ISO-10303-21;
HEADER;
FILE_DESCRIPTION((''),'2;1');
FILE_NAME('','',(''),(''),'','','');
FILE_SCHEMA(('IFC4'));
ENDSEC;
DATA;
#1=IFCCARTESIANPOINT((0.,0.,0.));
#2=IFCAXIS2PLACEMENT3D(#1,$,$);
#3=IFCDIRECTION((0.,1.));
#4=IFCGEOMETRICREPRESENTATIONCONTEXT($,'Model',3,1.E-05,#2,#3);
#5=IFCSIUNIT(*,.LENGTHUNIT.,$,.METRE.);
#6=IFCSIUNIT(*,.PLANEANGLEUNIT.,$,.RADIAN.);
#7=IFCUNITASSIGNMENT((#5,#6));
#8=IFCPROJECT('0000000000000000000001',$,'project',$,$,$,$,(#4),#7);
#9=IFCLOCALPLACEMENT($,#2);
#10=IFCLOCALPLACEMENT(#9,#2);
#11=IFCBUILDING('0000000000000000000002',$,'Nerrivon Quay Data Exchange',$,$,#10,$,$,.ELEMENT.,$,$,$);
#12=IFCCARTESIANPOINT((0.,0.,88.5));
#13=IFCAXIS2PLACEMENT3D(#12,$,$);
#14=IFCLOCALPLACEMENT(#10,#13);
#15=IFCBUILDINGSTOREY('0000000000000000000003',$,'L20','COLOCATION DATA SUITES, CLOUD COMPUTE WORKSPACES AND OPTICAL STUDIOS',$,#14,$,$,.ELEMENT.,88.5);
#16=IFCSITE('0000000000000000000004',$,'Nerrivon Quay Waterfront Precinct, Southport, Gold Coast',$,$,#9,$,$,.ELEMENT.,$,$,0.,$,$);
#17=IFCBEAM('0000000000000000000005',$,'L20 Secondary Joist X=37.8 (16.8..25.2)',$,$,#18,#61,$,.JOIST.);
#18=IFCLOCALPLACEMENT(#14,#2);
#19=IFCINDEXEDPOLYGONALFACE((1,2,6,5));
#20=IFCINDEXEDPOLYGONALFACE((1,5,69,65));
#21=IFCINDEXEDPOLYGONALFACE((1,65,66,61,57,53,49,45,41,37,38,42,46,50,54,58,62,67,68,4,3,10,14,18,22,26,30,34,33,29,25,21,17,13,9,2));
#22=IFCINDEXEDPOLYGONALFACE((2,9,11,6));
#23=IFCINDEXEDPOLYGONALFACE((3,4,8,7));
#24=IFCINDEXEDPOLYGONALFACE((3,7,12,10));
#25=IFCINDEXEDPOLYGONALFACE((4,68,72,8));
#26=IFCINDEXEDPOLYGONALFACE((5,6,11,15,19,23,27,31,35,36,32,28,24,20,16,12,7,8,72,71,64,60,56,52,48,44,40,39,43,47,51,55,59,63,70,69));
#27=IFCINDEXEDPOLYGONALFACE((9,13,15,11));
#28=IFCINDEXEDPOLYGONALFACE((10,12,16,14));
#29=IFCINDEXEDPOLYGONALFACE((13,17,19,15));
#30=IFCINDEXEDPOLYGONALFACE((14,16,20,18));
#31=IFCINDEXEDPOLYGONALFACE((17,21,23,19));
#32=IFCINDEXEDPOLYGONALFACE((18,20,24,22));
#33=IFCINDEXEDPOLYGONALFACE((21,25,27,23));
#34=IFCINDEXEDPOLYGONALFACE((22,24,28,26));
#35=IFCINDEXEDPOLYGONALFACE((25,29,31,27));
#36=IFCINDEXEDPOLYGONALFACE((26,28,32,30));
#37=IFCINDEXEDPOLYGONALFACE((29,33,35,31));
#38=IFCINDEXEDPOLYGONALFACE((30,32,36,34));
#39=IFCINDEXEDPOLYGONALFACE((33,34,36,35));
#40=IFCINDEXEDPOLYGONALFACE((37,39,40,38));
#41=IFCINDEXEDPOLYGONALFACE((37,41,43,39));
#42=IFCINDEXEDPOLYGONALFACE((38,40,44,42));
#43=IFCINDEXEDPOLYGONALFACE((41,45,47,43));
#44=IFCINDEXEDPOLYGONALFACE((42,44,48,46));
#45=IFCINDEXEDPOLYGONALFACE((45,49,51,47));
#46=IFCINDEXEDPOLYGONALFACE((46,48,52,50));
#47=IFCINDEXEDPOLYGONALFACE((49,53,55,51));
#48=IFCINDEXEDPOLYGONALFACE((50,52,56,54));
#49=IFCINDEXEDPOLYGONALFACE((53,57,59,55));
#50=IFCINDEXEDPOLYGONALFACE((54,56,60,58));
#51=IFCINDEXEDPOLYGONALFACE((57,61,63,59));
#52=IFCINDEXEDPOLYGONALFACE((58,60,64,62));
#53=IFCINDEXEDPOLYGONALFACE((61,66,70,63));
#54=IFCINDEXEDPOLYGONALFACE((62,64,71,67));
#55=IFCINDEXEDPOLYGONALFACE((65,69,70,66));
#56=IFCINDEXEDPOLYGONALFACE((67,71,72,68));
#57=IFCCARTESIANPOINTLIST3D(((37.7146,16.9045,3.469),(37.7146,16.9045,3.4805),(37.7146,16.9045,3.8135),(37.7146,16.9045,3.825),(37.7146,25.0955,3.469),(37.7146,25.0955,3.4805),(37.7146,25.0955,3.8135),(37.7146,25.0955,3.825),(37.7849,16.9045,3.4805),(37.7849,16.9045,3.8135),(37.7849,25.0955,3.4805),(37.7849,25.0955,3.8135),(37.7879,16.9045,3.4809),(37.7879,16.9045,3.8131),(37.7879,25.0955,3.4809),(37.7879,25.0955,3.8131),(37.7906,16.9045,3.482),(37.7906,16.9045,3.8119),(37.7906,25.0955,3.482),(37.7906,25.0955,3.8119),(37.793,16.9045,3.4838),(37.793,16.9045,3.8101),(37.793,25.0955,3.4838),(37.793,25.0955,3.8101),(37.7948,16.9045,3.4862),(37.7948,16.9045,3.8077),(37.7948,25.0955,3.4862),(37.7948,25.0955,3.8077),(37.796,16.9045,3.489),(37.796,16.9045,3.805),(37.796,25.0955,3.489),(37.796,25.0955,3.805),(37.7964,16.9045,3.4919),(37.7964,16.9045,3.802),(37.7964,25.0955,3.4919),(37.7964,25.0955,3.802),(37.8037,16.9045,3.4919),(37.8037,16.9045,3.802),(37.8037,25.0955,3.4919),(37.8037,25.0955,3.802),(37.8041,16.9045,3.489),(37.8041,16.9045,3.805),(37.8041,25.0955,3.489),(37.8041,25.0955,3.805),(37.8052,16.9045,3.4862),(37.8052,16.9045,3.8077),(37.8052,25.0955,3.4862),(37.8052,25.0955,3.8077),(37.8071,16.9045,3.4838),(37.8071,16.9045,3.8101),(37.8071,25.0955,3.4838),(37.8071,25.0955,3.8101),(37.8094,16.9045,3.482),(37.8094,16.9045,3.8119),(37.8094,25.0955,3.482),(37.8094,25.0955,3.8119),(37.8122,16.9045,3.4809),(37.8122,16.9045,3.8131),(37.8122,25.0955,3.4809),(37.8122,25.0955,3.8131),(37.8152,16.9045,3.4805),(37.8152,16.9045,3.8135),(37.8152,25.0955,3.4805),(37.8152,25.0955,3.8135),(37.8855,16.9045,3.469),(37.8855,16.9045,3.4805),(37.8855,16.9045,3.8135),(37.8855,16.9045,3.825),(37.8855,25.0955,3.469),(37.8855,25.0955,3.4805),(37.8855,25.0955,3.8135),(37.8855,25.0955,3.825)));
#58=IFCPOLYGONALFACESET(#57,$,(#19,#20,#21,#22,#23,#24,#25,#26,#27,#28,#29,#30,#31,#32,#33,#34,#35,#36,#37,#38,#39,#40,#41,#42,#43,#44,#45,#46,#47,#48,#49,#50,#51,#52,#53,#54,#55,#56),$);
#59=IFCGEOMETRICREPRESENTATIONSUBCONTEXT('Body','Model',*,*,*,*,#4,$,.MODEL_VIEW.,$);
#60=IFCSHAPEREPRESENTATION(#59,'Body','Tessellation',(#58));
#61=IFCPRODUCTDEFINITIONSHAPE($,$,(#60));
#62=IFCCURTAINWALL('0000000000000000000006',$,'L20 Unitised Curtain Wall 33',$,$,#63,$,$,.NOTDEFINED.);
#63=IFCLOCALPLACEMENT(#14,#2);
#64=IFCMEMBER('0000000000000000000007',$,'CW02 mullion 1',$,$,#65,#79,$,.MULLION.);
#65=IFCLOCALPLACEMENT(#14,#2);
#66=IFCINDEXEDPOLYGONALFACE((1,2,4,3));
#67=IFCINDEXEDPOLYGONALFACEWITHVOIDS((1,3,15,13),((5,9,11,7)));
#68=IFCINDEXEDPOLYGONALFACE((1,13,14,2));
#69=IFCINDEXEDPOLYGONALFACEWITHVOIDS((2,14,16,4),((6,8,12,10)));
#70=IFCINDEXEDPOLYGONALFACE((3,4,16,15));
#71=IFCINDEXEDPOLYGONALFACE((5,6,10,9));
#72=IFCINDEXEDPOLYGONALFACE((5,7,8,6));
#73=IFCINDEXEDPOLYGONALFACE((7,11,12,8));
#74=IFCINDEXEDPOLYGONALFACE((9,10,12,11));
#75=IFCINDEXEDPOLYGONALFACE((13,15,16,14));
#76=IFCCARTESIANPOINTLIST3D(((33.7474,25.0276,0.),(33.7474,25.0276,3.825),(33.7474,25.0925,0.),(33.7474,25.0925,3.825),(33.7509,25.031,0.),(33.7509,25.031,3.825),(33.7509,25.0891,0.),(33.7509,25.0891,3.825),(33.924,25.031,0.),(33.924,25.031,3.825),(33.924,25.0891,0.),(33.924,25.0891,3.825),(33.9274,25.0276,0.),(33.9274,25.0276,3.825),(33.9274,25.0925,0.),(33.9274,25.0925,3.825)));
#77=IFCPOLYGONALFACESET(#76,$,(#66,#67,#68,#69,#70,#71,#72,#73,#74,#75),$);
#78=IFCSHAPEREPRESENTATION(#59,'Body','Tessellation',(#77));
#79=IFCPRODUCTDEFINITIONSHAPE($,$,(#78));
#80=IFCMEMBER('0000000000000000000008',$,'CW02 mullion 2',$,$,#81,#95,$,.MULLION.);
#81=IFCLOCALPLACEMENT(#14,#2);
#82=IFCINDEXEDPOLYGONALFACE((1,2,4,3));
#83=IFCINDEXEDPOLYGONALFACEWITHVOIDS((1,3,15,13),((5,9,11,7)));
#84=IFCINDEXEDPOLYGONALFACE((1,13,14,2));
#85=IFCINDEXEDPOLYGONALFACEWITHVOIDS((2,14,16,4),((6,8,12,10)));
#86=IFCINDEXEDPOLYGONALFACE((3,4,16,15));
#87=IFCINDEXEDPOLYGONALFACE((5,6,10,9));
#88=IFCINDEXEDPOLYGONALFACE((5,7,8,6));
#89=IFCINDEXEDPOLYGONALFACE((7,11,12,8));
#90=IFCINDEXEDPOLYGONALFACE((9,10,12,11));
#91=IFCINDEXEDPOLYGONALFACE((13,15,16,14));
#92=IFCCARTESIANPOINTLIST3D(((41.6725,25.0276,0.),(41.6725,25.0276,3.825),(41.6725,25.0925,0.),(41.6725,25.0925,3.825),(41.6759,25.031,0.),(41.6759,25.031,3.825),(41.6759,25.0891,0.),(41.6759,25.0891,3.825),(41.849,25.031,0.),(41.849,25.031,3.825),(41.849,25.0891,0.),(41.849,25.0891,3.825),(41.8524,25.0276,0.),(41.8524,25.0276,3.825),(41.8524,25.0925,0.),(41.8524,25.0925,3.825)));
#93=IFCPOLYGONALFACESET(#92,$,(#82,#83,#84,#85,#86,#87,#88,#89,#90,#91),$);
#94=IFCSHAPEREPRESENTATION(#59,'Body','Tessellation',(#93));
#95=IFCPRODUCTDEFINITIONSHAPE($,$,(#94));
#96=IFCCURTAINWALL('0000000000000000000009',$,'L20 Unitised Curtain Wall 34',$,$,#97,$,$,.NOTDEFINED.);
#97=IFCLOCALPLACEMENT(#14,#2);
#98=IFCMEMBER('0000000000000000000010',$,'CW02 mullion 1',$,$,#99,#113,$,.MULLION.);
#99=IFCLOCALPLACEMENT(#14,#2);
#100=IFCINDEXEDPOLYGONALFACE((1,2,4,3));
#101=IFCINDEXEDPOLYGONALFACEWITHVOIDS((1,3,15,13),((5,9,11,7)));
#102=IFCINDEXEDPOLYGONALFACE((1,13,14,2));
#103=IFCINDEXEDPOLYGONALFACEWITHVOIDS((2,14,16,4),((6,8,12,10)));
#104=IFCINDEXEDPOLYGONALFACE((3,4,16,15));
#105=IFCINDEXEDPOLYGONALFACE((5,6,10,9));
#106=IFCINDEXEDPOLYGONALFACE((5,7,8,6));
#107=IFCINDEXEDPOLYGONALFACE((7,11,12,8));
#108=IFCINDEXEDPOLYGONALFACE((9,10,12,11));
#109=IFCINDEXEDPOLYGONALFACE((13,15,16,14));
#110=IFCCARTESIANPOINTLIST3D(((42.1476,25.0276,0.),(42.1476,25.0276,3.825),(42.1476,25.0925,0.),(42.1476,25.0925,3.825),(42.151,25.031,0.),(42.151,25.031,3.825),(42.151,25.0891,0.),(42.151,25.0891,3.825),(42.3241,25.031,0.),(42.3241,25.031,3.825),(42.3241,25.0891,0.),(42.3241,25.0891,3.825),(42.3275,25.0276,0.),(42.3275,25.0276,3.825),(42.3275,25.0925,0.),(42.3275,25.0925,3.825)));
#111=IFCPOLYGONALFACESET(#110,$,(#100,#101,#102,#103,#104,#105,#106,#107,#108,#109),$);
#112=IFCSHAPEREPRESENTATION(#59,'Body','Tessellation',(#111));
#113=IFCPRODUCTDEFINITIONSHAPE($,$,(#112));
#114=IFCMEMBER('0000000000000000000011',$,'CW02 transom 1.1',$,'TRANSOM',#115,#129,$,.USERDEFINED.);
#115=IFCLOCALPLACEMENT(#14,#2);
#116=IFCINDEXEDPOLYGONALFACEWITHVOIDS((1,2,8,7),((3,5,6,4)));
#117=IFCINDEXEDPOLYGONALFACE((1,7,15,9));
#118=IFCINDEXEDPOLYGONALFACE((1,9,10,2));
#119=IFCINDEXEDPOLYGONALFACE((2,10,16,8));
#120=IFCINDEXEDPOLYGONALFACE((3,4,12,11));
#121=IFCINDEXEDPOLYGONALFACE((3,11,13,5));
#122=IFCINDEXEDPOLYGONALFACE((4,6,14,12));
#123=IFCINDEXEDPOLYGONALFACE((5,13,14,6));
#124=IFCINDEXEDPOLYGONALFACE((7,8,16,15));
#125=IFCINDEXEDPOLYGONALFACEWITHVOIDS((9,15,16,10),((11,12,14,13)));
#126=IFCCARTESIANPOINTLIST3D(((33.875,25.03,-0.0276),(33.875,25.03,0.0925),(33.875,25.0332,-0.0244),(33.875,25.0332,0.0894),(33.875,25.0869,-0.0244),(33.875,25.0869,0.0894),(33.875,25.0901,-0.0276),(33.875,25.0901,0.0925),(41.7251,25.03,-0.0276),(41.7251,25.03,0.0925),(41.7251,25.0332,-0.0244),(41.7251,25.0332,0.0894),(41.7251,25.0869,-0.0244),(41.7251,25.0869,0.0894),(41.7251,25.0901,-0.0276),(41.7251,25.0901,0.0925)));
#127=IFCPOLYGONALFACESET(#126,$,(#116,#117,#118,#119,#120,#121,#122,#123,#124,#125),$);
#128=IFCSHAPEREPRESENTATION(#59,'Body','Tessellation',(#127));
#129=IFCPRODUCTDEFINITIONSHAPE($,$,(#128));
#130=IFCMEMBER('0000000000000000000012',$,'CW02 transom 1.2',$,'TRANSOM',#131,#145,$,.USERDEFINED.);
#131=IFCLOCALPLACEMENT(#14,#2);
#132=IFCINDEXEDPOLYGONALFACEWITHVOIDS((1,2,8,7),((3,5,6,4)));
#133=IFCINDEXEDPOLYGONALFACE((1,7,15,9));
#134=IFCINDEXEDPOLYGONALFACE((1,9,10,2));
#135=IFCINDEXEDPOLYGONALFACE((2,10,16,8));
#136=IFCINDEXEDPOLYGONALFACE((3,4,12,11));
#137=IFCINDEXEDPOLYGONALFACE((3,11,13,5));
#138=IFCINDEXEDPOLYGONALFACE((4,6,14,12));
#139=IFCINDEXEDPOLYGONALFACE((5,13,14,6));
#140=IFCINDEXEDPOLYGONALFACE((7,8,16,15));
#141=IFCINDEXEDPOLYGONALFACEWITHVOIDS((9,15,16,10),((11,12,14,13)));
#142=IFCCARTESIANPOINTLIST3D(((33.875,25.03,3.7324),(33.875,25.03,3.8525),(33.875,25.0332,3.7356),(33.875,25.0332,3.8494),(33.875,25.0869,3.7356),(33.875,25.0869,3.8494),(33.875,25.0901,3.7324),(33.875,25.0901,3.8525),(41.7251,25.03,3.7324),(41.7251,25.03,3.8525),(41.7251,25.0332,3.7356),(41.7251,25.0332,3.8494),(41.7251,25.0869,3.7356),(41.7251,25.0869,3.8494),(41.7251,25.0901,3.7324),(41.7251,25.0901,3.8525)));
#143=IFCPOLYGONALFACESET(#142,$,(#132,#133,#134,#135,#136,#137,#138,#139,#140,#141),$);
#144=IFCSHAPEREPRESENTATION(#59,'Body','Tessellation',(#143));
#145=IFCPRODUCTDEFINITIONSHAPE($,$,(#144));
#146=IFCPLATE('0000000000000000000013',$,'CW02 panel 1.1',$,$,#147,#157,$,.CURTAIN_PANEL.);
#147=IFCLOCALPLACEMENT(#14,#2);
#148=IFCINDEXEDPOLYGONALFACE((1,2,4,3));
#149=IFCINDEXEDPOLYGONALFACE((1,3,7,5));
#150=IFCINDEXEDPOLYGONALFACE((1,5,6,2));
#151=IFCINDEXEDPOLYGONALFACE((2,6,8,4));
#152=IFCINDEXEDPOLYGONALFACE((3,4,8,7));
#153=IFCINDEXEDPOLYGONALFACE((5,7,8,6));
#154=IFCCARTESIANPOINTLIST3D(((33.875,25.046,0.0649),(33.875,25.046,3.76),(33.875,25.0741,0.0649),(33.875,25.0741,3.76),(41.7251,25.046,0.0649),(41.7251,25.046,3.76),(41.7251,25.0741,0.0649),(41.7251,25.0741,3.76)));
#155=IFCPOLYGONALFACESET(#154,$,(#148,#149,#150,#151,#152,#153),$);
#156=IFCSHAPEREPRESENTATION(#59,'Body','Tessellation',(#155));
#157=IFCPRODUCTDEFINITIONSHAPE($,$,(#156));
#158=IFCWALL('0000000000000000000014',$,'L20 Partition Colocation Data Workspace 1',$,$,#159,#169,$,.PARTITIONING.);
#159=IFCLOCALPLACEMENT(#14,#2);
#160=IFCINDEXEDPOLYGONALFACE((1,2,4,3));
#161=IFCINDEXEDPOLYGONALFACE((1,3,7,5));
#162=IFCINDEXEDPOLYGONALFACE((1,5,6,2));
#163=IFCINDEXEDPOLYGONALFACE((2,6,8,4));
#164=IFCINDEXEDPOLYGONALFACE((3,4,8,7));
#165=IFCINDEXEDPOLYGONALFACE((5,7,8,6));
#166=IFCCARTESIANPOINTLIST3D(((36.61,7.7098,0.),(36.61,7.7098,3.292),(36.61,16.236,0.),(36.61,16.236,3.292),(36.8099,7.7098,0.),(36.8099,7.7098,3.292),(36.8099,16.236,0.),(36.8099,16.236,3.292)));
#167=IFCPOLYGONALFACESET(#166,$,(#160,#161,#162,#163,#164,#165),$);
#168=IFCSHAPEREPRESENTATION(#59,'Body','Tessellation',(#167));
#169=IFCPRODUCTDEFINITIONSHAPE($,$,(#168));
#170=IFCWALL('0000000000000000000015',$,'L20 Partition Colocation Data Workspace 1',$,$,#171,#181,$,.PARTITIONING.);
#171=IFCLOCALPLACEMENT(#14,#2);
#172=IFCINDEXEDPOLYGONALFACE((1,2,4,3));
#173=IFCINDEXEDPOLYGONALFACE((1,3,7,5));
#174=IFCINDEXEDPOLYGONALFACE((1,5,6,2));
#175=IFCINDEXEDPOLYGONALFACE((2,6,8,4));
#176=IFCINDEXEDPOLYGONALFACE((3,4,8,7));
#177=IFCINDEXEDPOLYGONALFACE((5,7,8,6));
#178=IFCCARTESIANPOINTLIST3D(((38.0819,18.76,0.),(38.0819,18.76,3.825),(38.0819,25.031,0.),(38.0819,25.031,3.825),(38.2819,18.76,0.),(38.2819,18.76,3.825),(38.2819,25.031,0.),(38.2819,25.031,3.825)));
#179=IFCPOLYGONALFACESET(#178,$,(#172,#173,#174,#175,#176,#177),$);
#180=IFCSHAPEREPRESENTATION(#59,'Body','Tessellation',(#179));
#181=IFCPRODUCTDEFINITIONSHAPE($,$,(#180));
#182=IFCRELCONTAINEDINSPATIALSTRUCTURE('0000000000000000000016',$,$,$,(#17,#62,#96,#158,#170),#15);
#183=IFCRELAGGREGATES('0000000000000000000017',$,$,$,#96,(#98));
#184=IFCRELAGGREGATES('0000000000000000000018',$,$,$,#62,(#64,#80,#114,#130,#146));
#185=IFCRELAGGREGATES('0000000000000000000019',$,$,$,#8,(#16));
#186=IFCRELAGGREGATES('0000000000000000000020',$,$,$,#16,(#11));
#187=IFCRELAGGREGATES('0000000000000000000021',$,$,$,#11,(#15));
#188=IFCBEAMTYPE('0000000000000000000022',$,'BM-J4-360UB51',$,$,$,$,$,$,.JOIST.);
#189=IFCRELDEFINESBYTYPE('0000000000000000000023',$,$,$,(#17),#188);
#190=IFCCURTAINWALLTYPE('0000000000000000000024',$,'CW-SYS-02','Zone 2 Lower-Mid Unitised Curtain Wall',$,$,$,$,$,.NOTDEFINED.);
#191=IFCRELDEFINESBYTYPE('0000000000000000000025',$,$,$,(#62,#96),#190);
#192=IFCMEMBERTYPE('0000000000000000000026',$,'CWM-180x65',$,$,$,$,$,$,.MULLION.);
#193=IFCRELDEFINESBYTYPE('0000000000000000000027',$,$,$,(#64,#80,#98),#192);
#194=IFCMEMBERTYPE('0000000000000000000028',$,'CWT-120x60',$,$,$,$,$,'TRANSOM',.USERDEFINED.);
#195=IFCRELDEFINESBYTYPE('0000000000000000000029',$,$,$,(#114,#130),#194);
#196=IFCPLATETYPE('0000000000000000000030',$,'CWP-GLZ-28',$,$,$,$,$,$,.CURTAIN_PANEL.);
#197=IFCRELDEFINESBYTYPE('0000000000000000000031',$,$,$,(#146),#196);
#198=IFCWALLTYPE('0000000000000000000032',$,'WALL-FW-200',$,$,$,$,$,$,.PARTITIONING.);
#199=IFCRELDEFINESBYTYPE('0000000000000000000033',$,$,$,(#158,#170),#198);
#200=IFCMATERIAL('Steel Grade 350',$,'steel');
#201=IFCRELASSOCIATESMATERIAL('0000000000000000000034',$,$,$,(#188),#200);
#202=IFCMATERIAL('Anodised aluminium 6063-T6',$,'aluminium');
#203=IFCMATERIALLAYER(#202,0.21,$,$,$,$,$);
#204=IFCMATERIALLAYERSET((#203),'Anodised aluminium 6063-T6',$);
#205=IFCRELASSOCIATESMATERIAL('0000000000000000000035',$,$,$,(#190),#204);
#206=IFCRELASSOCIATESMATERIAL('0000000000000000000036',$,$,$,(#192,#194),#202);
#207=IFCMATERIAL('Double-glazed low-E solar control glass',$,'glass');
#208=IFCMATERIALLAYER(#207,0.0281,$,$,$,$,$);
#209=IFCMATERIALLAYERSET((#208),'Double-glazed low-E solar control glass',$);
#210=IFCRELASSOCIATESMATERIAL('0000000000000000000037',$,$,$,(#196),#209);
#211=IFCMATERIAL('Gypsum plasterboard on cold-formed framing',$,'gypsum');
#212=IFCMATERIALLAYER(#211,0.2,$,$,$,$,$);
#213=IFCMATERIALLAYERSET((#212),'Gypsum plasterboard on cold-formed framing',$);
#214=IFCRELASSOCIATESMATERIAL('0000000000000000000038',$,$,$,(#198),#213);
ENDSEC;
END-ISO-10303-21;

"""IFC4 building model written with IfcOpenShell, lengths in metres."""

from ifc_helpers import new_model, si_unit, direction, frame, frame_2d, origin, origin_2d, place, context, subcontext, project, spatial, rectangle, hollow_rectangle, i_section, extrude, material, layer, layer_set, material_profile, profile_set, type_object, element, aggregate, save


model = new_model("IFC4")

# Units and contexts
model_context = context("Model", 3, precision=1e-05, world=origin(), true_north=direction((0.0, 1.0)))
body_context = subcontext(model_context, "Body", "Model", "MODEL_VIEW")
ifc_project = project(units=[si_unit("LENGTHUNIT", "METRE"), si_unit("PLANEANGLEUNIT", "RADIAN")], contexts=[model_context])

# Site, building, storey
site_placement = place(None, origin())
site = spatial("IfcSite", under=ifc_project, at=site_placement, Name="Nerrivon Quay Waterfront Precinct, Southport, Gold Coast", CompositionType="ELEMENT", RefElevation=0.0)
building_placement = place(site_placement, origin())
building = spatial("IfcBuilding", under=site, at=building_placement, Name="Nerrivon Quay Data Exchange", CompositionType="ELEMENT")
storey_placement = place(building_placement, frame((0.0, 0.0, 88.5)))
storey = spatial("IfcBuildingStorey", under=building, at=storey_placement, Name="L20", Description="COLOCATION DATA SUITES, CLOUD COMPUTE WORKSPACES AND OPTICAL STUDIOS", CompositionType="ELEMENT", Elevation=88.5)

# Shared definitions
ifc_material_1 = material(Name="Steel Grade 350", Category="steel")

# Beam
ifc_material_profile_1 = material_profile(ifc_material_1, i_section(OverallWidth=0.1709, OverallDepth=0.356, WebThickness=0.0073, FlangeThickness=0.0115, FilletRadius=0.0115, at=origin_2d()), Name="360UB50.7")
ifc_profile_set_1 = profile_set([ifc_material_profile_1], Name="Steel Grade 350")
beam_type_1 = type_object("IfcBeamType", Name="BM-J4-360UB51", PredefinedType="JOIST", material=ifc_profile_set_1)
beam_1_placement = place(storey_placement, frame((37.8, 16.9045, 3.647), z_axis=(0.0, 1.0, 0.0), x_axis=(-1.0, 0.0, 0.0)))
element("IfcBeam", 1, at=beam_1_placement, inside=storey, type_object=beam_type_1, Name="L20 Secondary Joist X=37.8 (16.8..25.2)", PredefinedType="JOIST", context=body_context, shape_type="SweptSolid", body=[
    extrude(i_section(OverallWidth=0.1709, OverallDepth=0.356, WebThickness=0.0073, FlangeThickness=0.0115, FilletRadius=0.0115, at=origin_2d()), origin(), (0.0, 0.0, 1.0), 8.1909),
])

# Curtain wall, members
ifc_material_2 = material(Name="Anodised aluminium 6063-T6", Category="aluminium")
ifc_layer_1 = layer(ifc_material_2, 0.21)
ifc_layer_set_1 = layer_set([ifc_layer_1], Name="Anodised aluminium 6063-T6")
curtain_wall_type = type_object("IfcCurtainWallType", Name="CW-SYS-02", Description="Zone 2 Lower-Mid Unitised Curtain Wall", PredefinedType="NOTDEFINED", material=ifc_layer_set_1)
curtain_wall_1_placement = place(storey_placement, origin())
curtain_wall_1 = element("IfcCurtainWall", 2, at=curtain_wall_1_placement, inside=storey, type_object=curtain_wall_type, Name="L20 Unitised Curtain Wall 33", PredefinedType="NOTDEFINED")
ifc_material_profile_2 = material_profile(ifc_material_2, hollow_rectangle(XDim=0.0649, YDim=0.1799, WallThickness=0.0034, at=origin_2d()), Name="ALU-MULL-180x65")
ifc_profile_set_2 = profile_set([ifc_material_profile_2], Name="Anodised aluminium 6063-T6")
member_type_1 = type_object("IfcMemberType", Name="CWM-180x65", PredefinedType="MULLION", material=ifc_profile_set_2)
member_1_placement = place(storey_placement, frame((33.8374, 25.0601, 0.0), z_axis=(0.0, 0.0, 1.0), x_axis=(0.0, 1.0, 0.0)))
member_1 = element("IfcMember", 3, at=member_1_placement, type_object=member_type_1, Name="CW02 mullion 1", PredefinedType="MULLION", context=body_context, shape_type="SweptSolid", body=[
    extrude(hollow_rectangle(XDim=0.0649, YDim=0.1799, WallThickness=0.0034, at=origin_2d()), origin(), (0.0, 0.0, 1.0), 3.825),
])
member_2_placement = place(storey_placement, frame((41.7625, 25.0601, 0.0), z_axis=(0.0, 0.0, 1.0), x_axis=(0.0, 1.0, 0.0)))
member_2 = element("IfcMember", 4, at=member_2_placement, type_object=member_type_1, Name="CW02 mullion 2", PredefinedType="MULLION", context=body_context, shape_type="SweptSolid", body=[
    extrude(hollow_rectangle(XDim=0.0649, YDim=0.1799, WallThickness=0.0034, at=origin_2d()), origin(), (0.0, 0.0, 1.0), 3.825),
])

# Curtain wall, member
curtain_wall_2_placement = place(storey_placement, origin())
curtain_wall_2 = element("IfcCurtainWall", 5, at=curtain_wall_2_placement, inside=storey, type_object=curtain_wall_type, Name="L20 Unitised Curtain Wall 34", PredefinedType="NOTDEFINED")
member_3_placement = place(storey_placement, frame((42.2375, 25.0601, 0.0), z_axis=(0.0, 0.0, 1.0), x_axis=(0.0, 1.0, 0.0)))
member_3 = element("IfcMember", 6, at=member_3_placement, type_object=member_type_1, Name="CW02 mullion 1", PredefinedType="MULLION", context=body_context, shape_type="SweptSolid", body=[
    extrude(hollow_rectangle(XDim=0.0649, YDim=0.1799, WallThickness=0.0034, at=origin_2d()), origin(), (0.0, 0.0, 1.0), 3.825),
])
aggregate(curtain_wall_2, [member_3])

# Members
ifc_material_profile_3 = material_profile(ifc_material_2, hollow_rectangle(XDim=0.0601, YDim=0.1201, WallThickness=0.0032, at=origin_2d()), Name="ALU-TRAN-120x60")
ifc_profile_set_3 = profile_set([ifc_material_profile_3], Name="Anodised aluminium 6063-T6")
member_type_2 = type_object("IfcMemberType", Name="CWT-120x60", ElementType="TRANSOM", PredefinedType="USERDEFINED", material=ifc_profile_set_3)
member_4_placement = place(storey_placement, frame((33.875, 25.0601, 0.0325), z_axis=(1.0, 0.0, 0.0), x_axis=(0.0, 1.0, 0.0)))
member_4 = element("IfcMember", 7, at=member_4_placement, type_object=member_type_2, Name="CW02 transom 1.1", ObjectType="TRANSOM", PredefinedType="USERDEFINED", context=body_context, shape_type="SweptSolid", body=[
    extrude(hollow_rectangle(XDim=0.0601, YDim=0.1201, WallThickness=0.0032, at=origin_2d()), origin(), (0.0, 0.0, 1.0), 7.8501),
])
member_5_placement = place(storey_placement, frame((33.875, 25.0601, 3.7925), z_axis=(1.0, 0.0, 0.0), x_axis=(0.0, 1.0, 0.0)))
member_5 = element("IfcMember", 8, at=member_5_placement, type_object=member_type_2, Name="CW02 transom 1.2", ObjectType="TRANSOM", PredefinedType="USERDEFINED", context=body_context, shape_type="SweptSolid", body=[
    extrude(hollow_rectangle(XDim=0.0601, YDim=0.1201, WallThickness=0.0032, at=origin_2d()), origin(), (0.0, 0.0, 1.0), 7.8501),
])

# Plate
ifc_material_3 = material(Name="Double-glazed low-E solar control glass", Category="glass")
ifc_layer_2 = layer(ifc_material_3, 0.0281)
ifc_layer_set_2 = layer_set([ifc_layer_2], Name="Double-glazed low-E solar control glass")
plate_type = type_object("IfcPlateType", Name="CWP-GLZ-28", PredefinedType="CURTAIN_PANEL", material=ifc_layer_set_2)
plate_placement = place(storey_placement, frame((37.8, 25.0601, 0.0649), z_axis=(0.0, 0.0, 1.0), x_axis=(1.0, 0.0, 0.0)))
plate = element("IfcPlate", 9, at=plate_placement, type_object=plate_type, Name="CW02 panel 1.1", PredefinedType="CURTAIN_PANEL", context=body_context, shape_type="SweptSolid", body=[
    extrude(rectangle(XDim=7.8501, YDim=0.0281, at=origin_2d()), origin(), (0.0, 0.0, 1.0), 3.6951),
])
aggregate(curtain_wall_1, [member_1, member_2, member_4, member_5, plate])

# Walls
ifc_material_4 = material(Name="Gypsum plasterboard on cold-formed framing", Category="gypsum")
ifc_layer_3 = layer(ifc_material_4, 0.2)
ifc_layer_set_3 = layer_set([ifc_layer_3], Name="Gypsum plasterboard on cold-formed framing")
wall_type_1 = type_object("IfcWallType", Name="WALL-FW-200", PredefinedType="PARTITIONING", material=ifc_layer_set_3)
wall_1_placement = place(storey_placement, frame((36.71, 16.2361, 0.0), z_axis=(0.0, 0.0, 1.0), x_axis=(0.0, -1.0, 0.0)))
element("IfcWall", 10, at=wall_1_placement, inside=storey, type_object=wall_type_1, Name="L20 Partition Colocation Data Workspace 1", PredefinedType="PARTITIONING", context=body_context, shape_type="SweptSolid", body=[
    extrude(rectangle(XDim=8.5261, YDim=0.2, at=frame_2d((4.2632, 0.0))), origin(), (0.0, 0.0, 1.0), 3.292),
])
wall_2_placement = place(storey_placement, frame((38.1819, 25.031, 0.0), z_axis=(0.0, 0.0, 1.0), x_axis=(0.0, -1.0, 0.0)))
element("IfcWall", 11, at=wall_2_placement, inside=storey, type_object=wall_type_1, Name="L20 Partition Colocation Data Workspace 1", PredefinedType="PARTITIONING", context=body_context, shape_type="SweptSolid", body=[
    extrude(rectangle(XDim=6.271, YDim=0.2, at=frame_2d((3.1355, 0.0))), origin(), (0.0, 0.0, 1.0), 3.825),
])

save(model, "model.ifc")
